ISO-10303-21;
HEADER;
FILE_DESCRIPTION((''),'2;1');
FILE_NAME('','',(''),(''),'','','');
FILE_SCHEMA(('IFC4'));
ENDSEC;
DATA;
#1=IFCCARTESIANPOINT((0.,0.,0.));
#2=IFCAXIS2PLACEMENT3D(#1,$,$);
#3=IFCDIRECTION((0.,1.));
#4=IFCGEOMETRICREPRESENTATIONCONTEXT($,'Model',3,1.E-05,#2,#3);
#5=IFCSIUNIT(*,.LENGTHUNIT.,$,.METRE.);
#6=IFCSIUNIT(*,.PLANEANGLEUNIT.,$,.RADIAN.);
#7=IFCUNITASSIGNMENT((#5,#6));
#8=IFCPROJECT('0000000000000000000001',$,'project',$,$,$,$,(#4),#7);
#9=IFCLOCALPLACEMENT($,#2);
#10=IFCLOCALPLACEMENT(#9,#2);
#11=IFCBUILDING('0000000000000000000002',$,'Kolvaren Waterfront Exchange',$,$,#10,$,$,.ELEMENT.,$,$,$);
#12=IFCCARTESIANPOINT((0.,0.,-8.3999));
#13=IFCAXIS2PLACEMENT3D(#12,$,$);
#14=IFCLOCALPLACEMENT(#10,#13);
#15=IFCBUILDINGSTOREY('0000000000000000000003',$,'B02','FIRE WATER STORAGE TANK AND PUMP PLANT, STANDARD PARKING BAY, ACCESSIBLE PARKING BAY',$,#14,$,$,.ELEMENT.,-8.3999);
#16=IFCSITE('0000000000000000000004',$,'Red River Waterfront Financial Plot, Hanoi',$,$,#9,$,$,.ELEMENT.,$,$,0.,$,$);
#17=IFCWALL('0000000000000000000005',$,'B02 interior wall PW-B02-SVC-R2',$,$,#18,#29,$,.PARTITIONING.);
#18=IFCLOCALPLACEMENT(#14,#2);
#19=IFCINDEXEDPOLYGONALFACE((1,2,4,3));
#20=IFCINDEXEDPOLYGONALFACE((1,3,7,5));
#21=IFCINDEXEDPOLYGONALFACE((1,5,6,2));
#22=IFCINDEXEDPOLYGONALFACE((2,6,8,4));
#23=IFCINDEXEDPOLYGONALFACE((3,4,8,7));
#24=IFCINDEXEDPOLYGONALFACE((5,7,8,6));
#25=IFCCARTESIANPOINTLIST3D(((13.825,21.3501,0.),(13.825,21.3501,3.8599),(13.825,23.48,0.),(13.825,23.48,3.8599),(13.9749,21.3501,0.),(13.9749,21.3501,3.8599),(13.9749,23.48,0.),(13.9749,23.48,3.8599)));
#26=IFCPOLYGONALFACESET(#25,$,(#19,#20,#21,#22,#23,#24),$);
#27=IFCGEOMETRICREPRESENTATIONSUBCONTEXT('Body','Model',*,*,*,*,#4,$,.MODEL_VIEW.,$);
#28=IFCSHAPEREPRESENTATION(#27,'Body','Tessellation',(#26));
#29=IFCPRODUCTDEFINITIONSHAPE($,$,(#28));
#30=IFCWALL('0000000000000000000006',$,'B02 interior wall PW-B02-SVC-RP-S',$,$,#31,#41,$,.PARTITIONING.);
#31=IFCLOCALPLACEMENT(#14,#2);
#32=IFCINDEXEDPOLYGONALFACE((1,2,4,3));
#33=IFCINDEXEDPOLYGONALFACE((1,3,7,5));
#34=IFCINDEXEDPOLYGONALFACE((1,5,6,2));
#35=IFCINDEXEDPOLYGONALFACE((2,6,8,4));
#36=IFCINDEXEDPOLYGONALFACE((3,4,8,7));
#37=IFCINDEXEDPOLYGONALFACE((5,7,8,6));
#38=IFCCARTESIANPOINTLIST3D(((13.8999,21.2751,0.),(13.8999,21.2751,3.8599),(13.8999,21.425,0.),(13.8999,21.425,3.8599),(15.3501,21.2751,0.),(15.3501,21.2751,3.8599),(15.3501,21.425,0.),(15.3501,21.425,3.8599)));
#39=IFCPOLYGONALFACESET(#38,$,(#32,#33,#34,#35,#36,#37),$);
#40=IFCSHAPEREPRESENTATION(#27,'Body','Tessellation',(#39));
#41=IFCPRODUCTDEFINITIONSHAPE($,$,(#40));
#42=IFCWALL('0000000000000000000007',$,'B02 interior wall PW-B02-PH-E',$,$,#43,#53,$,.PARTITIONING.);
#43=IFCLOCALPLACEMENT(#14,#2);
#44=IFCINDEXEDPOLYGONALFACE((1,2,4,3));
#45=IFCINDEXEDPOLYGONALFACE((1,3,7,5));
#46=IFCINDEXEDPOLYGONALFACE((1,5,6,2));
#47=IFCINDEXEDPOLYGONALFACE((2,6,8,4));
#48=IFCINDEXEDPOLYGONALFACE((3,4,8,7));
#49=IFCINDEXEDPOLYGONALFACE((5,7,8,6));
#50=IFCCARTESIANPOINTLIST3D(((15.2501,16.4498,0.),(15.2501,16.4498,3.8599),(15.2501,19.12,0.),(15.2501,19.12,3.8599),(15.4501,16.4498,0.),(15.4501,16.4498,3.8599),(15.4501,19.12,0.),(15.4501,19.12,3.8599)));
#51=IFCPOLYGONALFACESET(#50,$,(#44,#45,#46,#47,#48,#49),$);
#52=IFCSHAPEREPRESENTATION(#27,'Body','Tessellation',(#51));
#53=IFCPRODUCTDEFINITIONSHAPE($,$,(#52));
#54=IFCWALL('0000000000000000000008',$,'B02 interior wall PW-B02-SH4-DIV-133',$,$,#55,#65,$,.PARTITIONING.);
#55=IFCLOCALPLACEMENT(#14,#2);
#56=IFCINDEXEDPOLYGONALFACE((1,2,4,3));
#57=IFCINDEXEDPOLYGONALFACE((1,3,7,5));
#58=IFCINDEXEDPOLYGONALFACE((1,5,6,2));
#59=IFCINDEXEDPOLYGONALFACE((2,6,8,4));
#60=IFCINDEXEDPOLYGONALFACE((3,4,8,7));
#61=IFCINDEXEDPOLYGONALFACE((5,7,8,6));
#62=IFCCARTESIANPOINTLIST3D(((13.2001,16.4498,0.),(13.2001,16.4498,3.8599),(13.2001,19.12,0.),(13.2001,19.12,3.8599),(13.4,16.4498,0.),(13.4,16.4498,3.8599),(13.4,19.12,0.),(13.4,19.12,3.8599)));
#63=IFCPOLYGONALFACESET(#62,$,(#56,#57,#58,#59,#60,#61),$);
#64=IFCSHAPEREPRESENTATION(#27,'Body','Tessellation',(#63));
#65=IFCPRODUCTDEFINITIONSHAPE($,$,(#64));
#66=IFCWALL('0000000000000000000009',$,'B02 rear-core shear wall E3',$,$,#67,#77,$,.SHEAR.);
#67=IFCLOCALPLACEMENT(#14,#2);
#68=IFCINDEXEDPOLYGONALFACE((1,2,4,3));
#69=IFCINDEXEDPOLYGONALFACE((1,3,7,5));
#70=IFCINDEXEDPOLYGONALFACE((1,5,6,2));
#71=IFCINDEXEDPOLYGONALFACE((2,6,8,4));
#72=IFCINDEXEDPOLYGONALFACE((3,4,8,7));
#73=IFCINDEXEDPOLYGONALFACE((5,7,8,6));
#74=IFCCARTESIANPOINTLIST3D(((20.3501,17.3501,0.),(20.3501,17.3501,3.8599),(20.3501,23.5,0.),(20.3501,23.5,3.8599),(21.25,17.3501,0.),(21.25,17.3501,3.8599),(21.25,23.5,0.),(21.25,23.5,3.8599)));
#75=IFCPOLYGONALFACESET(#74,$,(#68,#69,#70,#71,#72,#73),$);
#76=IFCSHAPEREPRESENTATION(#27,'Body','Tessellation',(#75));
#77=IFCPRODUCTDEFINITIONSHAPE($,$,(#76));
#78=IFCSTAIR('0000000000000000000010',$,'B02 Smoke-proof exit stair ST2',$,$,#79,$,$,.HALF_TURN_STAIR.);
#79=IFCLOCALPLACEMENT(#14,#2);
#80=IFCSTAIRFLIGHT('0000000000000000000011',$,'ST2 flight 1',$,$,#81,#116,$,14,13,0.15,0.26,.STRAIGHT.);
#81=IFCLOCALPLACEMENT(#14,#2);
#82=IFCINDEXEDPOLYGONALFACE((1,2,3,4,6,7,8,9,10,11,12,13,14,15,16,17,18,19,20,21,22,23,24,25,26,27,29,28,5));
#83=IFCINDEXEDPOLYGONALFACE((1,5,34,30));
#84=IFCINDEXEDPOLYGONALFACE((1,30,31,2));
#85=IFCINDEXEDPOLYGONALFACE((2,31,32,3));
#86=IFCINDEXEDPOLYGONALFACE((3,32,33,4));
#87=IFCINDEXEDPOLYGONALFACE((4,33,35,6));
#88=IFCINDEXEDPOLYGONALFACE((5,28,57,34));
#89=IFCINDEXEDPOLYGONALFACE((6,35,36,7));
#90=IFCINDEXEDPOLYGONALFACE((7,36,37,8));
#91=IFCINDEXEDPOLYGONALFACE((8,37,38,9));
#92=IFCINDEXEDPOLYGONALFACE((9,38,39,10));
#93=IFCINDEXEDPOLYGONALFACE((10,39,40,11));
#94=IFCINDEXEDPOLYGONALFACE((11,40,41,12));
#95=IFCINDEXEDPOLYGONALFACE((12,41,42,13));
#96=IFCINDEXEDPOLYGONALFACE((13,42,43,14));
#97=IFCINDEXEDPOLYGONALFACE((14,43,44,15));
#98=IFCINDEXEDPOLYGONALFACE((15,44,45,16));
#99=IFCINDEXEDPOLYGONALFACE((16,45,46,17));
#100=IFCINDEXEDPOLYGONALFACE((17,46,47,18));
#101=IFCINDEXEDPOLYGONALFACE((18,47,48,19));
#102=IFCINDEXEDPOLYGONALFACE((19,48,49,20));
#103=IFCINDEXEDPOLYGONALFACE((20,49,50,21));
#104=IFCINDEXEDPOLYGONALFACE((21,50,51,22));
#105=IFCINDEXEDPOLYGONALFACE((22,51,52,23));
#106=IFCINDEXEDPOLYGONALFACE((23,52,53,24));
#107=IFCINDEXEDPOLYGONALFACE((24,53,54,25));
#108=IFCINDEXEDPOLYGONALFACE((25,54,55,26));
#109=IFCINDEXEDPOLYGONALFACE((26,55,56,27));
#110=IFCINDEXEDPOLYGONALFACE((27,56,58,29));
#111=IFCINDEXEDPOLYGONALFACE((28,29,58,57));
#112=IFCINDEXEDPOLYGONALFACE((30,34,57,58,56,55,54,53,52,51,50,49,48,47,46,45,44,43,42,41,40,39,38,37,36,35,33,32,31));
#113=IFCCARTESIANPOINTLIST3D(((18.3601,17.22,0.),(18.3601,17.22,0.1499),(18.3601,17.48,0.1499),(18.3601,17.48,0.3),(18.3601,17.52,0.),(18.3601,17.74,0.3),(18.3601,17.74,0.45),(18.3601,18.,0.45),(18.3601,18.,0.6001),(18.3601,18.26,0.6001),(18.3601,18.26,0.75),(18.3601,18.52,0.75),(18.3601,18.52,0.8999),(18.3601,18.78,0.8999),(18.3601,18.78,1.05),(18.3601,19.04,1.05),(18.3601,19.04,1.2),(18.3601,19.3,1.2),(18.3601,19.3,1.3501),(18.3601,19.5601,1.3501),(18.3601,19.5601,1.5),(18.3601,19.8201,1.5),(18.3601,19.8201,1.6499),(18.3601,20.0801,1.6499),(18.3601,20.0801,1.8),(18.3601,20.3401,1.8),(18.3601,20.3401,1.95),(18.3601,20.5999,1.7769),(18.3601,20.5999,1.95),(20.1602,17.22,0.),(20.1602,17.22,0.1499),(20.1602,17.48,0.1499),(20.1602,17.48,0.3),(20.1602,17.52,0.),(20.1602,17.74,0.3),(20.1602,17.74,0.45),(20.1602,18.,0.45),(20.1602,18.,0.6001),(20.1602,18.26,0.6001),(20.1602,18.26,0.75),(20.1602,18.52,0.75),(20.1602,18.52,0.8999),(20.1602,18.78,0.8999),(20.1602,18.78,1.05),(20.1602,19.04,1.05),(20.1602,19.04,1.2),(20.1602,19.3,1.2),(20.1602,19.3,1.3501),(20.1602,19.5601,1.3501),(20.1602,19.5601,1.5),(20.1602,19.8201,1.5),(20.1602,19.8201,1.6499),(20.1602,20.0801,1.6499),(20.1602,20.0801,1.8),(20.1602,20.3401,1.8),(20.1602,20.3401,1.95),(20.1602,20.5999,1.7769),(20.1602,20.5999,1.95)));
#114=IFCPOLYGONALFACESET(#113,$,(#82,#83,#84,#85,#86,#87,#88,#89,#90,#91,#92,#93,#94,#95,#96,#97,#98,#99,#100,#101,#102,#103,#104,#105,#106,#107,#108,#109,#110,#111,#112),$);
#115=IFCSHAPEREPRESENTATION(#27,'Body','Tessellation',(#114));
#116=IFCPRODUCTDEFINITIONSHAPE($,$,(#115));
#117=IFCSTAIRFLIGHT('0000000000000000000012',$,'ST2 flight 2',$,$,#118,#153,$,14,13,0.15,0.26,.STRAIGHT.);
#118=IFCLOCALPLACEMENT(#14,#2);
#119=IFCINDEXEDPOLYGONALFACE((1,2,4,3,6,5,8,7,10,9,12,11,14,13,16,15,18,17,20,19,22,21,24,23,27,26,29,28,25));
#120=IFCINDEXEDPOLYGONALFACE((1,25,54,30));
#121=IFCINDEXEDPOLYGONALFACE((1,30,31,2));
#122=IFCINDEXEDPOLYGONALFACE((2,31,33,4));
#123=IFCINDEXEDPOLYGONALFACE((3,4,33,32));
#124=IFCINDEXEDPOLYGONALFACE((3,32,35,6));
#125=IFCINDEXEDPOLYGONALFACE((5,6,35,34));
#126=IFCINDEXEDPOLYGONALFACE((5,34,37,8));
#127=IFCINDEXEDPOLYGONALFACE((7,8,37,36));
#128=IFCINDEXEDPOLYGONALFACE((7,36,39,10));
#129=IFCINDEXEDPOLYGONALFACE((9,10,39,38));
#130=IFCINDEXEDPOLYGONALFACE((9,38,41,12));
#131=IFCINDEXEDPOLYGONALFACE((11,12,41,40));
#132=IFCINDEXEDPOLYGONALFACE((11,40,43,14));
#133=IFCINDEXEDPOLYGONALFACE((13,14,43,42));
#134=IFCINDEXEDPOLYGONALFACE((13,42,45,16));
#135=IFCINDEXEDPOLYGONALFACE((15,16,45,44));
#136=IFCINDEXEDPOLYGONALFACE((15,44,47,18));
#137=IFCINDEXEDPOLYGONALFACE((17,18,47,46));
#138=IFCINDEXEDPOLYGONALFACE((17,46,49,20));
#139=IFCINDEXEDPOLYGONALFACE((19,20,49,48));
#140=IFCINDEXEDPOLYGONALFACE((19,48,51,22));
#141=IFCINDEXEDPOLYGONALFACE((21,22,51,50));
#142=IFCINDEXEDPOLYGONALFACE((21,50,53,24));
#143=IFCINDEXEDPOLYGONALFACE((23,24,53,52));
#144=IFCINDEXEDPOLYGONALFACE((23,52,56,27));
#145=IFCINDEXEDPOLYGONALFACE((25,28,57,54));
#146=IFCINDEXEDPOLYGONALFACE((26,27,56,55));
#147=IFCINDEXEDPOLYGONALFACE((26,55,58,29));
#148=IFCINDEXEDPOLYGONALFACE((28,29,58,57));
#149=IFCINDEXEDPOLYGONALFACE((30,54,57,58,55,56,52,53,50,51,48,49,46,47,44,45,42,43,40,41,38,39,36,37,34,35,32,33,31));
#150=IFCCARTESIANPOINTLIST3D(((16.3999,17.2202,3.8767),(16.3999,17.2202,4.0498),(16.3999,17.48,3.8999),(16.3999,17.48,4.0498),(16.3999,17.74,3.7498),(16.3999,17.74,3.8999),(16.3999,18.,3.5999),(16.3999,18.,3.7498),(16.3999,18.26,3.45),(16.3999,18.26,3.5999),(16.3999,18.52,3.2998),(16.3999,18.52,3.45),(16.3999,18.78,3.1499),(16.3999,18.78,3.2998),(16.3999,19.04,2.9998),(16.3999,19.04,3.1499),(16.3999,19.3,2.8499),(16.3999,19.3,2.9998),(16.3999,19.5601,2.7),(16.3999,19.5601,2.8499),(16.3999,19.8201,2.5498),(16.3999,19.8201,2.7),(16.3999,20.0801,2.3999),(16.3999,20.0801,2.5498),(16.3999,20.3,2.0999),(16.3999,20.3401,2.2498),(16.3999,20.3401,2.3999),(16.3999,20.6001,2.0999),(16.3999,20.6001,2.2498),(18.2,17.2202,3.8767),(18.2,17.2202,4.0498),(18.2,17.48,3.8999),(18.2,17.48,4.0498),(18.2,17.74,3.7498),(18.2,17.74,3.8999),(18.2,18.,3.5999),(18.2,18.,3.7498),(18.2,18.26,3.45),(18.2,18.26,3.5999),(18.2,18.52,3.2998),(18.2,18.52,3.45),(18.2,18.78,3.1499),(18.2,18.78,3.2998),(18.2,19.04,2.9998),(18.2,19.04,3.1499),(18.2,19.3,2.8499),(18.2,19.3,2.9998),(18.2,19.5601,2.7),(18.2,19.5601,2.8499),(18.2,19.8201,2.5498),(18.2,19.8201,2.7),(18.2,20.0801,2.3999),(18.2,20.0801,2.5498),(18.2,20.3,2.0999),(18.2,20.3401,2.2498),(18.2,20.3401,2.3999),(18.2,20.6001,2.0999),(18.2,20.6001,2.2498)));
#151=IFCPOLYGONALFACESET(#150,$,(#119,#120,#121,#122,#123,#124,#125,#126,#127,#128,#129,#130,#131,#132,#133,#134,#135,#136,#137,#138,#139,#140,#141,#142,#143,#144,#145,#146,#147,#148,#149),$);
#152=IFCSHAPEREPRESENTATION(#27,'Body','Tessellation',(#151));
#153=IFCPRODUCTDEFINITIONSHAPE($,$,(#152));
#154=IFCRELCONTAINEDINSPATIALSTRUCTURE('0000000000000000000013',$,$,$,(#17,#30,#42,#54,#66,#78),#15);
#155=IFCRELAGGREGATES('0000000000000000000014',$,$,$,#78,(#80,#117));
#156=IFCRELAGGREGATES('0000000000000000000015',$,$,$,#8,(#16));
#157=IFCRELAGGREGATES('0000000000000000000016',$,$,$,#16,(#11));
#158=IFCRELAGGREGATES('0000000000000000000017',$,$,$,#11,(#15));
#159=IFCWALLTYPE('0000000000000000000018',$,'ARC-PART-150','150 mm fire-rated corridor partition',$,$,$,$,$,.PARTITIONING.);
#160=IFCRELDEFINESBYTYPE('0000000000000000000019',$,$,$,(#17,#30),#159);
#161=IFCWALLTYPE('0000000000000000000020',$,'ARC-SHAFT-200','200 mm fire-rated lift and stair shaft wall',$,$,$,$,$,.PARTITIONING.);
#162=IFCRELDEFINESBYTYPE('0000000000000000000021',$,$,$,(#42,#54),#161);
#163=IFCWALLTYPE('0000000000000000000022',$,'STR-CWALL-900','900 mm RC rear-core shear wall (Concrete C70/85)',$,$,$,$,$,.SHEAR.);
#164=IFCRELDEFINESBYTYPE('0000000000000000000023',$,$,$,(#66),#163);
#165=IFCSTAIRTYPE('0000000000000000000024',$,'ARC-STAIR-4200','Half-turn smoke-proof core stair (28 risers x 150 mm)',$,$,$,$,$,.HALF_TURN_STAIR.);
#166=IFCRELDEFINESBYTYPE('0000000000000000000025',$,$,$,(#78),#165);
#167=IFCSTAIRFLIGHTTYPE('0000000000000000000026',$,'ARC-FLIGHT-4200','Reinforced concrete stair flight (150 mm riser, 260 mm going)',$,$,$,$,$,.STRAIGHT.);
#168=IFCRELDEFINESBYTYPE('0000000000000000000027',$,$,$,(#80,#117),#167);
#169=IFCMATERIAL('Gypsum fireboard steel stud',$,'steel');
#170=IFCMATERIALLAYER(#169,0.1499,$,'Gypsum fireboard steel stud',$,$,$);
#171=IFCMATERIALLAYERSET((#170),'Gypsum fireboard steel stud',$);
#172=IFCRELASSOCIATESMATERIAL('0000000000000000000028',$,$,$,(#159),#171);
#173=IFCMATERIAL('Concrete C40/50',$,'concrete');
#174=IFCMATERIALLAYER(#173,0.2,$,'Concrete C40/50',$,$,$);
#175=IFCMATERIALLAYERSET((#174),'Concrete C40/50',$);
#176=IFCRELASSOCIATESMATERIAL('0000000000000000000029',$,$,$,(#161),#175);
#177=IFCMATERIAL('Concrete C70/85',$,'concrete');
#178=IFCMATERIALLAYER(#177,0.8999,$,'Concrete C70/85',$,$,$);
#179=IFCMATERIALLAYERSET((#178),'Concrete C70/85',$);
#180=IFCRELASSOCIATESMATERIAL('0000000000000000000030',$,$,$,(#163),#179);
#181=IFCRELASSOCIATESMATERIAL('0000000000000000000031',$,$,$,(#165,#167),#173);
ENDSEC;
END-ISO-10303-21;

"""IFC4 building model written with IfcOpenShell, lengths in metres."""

from ifc_helpers import new_model, si_unit, direction, frame, frame_2d, origin, place, context, subcontext, project, spatial, polyline, rectangle, outline, extrude, material, layer, layer_set, type_object, element, aggregate, save


model = new_model("IFC4")

# Units and contexts
model_context = context("Model", 3, precision=1e-05, world=origin(), true_north=direction((0.0, 1.0)))
body_context = subcontext(model_context, "Body", "Model", "MODEL_VIEW")
ifc_project = project(units=[si_unit("LENGTHUNIT", "METRE"), si_unit("PLANEANGLEUNIT", "RADIAN")], contexts=[model_context])

# Site, building, storey
site_placement = place(None, origin())
site = spatial("IfcSite", under=ifc_project, at=site_placement, Name="Red River Waterfront Financial Plot, Hanoi", CompositionType="ELEMENT", RefElevation=0.0)
building_placement = place(site_placement, origin())
building = spatial("IfcBuilding", under=site, at=building_placement, Name="Kolvaren Waterfront Exchange", CompositionType="ELEMENT")
storey_placement = place(building_placement, frame((0.0, 0.0, -8.3999)))
storey = spatial("IfcBuildingStorey", under=building, at=storey_placement, Name="B02", Description="FIRE WATER STORAGE TANK AND PUMP PLANT, STANDARD PARKING BAY, ACCESSIBLE PARKING BAY", CompositionType="ELEMENT", Elevation=-8.3999)

# Shared definitions
ifc_material_1 = material(Name="Concrete C40/50", Category="concrete")

# Shared definitions
ifc_material_2 = material(Name="Concrete C70/85", Category="concrete")

# Walls
ifc_material_3 = material(Name="Gypsum fireboard steel stud", Category="steel")
ifc_layer_1 = layer(ifc_material_3, 0.1499, Name="Gypsum fireboard steel stud")
ifc_layer_set_1 = layer_set([ifc_layer_1], Name="Gypsum fireboard steel stud")
wall_type_1 = type_object("IfcWallType", Name="ARC-PART-150", Description="150 mm fire-rated corridor partition", PredefinedType="PARTITIONING", material=ifc_layer_set_1)
wall_1_placement = place(storey_placement, frame((13.8999, 21.3501, 0.0), z_axis=(0.0, 0.0, 1.0), x_axis=(0.0, 1.0, 0.0)))
element("IfcWall", 1, at=wall_1_placement, inside=storey, type_object=wall_type_1, Name="B02 interior wall PW-B02-SVC-R2", PredefinedType="PARTITIONING", context=body_context, shape_type="SweptSolid", body=[
    extrude(rectangle(XDim=2.1299, YDim=0.1499, at=frame_2d((1.0649, 0.0))), origin(), (0.0, 0.0, 1.0), 3.8599),
])
wall_2_placement = place(storey_placement, frame((13.8999, 21.3501, 0.0), z_axis=(0.0, 0.0, 1.0), x_axis=(1.0, 0.0, 0.0)))
element("IfcWall", 2, at=wall_2_placement, inside=storey, type_object=wall_type_1, Name="B02 interior wall PW-B02-SVC-RP-S", PredefinedType="PARTITIONING", context=body_context, shape_type="SweptSolid", body=[
    extrude(rectangle(XDim=1.4502, YDim=0.1499, at=frame_2d((0.7251, 0.0))), origin(), (0.0, 0.0, 1.0), 3.8599),
])
ifc_layer_2 = layer(ifc_material_1, 0.2, Name="Concrete C40/50")
ifc_layer_set_2 = layer_set([ifc_layer_2], Name="Concrete C40/50")
wall_type_2 = type_object("IfcWallType", Name="ARC-SHAFT-200", Description="200 mm fire-rated lift and stair shaft wall", PredefinedType="PARTITIONING", material=ifc_layer_set_2)
for number, where, z_axis, x_axis, name in (
    (3, (15.3501, 16.45, 0.0), (0.0, 0.0, 1.0), (0.0, 1.0, 0.0), "B02 interior wall PW-B02-PH-E"),
    (4, (13.3, 16.45, 0.0), (0.0, 0.0, 1.0), (0.0, 1.0, 0.0), "B02 interior wall PW-B02-SH4-DIV-133"),
):
    element("IfcWall", number, at=place(storey_placement, frame(where, z_axis=z_axis, x_axis=x_axis)), inside=storey, type_object=wall_type_2, Name=name, PredefinedType="PARTITIONING", context=body_context, shape_type="SweptSolid", body=[
        extrude(rectangle(XDim=2.6702, YDim=0.2, at=frame_2d((1.335, 0.0))), origin(), (0.0, 0.0, 1.0), 3.8599),
    ])
ifc_layer_3 = layer(ifc_material_2, 0.8999, Name="Concrete C70/85")
ifc_layer_set_3 = layer_set([ifc_layer_3], Name="Concrete C70/85")
wall_type_3 = type_object("IfcWallType", Name="STR-CWALL-900", Description="900 mm RC rear-core shear wall (Concrete C70/85)", PredefinedType="SHEAR", material=ifc_layer_set_3)
wall_3_placement = place(storey_placement, frame((20.8, 17.3501, 0.0), z_axis=(0.0, 0.0, 1.0), x_axis=(0.0, 1.0, 0.0)))
element("IfcWall", 5, at=wall_3_placement, inside=storey, type_object=wall_type_3, Name="B02 rear-core shear wall E3", PredefinedType="SHEAR", context=body_context, shape_type="SweptSolid", body=[
    extrude(rectangle(XDim=6.1499, YDim=0.8999, at=frame_2d((3.075, 0.0))), origin(), (0.0, 0.0, 1.0), 3.8599),
])

# Stair, stair flights
stair_type = type_object("IfcStairType", Name="ARC-STAIR-4200", Description="Half-turn smoke-proof core stair (28 risers x 150 mm)", PredefinedType="HALF_TURN_STAIR", material=ifc_material_1)
stair_placement = place(storey_placement, origin())
stair = element("IfcStair", 6, at=stair_placement, inside=storey, type_object=stair_type, Name="B02 Smoke-proof exit stair ST2", PredefinedType="HALF_TURN_STAIR")
stair_flight_type = type_object("IfcStairFlightType", Name="ARC-FLIGHT-4200", Description="Reinforced concrete stair flight (150 mm riser, 260 mm going)", PredefinedType="STRAIGHT", material=ifc_material_1)
stair_flight_1_placement = place(storey_placement, frame((19.26, 17.22, 0.0), z_axis=(0.0, 0.0, 1.0), x_axis=(0.0, 1.0, 0.0)))
stair_flight_1 = element("IfcStairFlight", 7, at=stair_flight_1_placement, type_object=stair_flight_type, Name="ST2 flight 1", NumberOfRisers=14, NumberOfTreads=13, PredefinedType="STRAIGHT", RiserHeight=0.15, TreadLength=0.26, context=body_context, shape_type="SweptSolid", body=[
    extrude(outline(polyline([(0.0, 0.0), (0.0, 0.1499), (0.26, 0.1499), (0.26, 0.3), (0.52, 0.3), (0.52, 0.45), (0.78, 0.45), (0.78, 0.6001), (1.04, 0.6001), (1.04, 0.75), (1.3, 0.75), (1.3, 0.8999), (1.5601, 0.8999), (1.5601, 1.05), (1.8201, 1.05), (1.8201, 1.2), (2.0801, 1.2), (2.0801, 1.3501), (2.3401, 1.3501), (2.3401, 1.5), (2.6001, 1.5), (2.6001, 1.6499), (2.8601, 1.6499), (2.8601, 1.8), (3.1201, 1.8), (3.1201, 1.95), (3.3799, 1.95), (3.3799, 2.1001), (3.3799, 1.7769), (0.3, 0.0), (0.0, 0.0)])), frame((0.0, 0.8999, 0.0), z_axis=(0.0, -1.0, 0.0), x_axis=(1.0, 0.0, 0.0)), (0.0, 0.0, 1.0), 1.8),
])
stair_flight_2_placement = place(storey_placement, frame((17.3, 20.6001, 2.0999), z_axis=(0.0, 0.0, 1.0), x_axis=(0.0, -1.0, 0.0)))
stair_flight_2 = element("IfcStairFlight", 8, at=stair_flight_2_placement, type_object=stair_flight_type, Name="ST2 flight 2", NumberOfRisers=14, NumberOfTreads=13, PredefinedType="STRAIGHT", RiserHeight=0.15, TreadLength=0.26, context=body_context, shape_type="SweptSolid", body=[
    extrude(outline(polyline([(0.0, 0.0), (0.0, 0.1499), (0.26, 0.1499), (0.26, 0.3), (0.52, 0.3), (0.52, 0.45), (0.78, 0.45), (0.78, 0.6001), (1.04, 0.6001), (1.04, 0.75), (1.3, 0.75), (1.3, 0.8999), (1.5601, 0.8999), (1.5601, 1.05), (1.8201, 1.05), (1.8201, 1.2), (2.0801, 1.2), (2.0801, 1.3501), (2.3401, 1.3501), (2.3401, 1.5), (2.6001, 1.5), (2.6001, 1.6499), (2.8601, 1.6499), (2.8601, 1.8), (3.1201, 1.8), (3.1201, 1.95), (3.3799, 1.95), (3.3799, 2.1001), (3.3799, 1.7769), (0.3, 0.0), (0.0, 0.0)])), frame((0.0, 0.8999, 0.0), z_axis=(0.0, -1.0, 0.0), x_axis=(1.0, 0.0, 0.0)), (0.0, 0.0, 1.0), 1.8),
])
aggregate(stair, [stair_flight_1, stair_flight_2])

save(model, "model.ifc")
